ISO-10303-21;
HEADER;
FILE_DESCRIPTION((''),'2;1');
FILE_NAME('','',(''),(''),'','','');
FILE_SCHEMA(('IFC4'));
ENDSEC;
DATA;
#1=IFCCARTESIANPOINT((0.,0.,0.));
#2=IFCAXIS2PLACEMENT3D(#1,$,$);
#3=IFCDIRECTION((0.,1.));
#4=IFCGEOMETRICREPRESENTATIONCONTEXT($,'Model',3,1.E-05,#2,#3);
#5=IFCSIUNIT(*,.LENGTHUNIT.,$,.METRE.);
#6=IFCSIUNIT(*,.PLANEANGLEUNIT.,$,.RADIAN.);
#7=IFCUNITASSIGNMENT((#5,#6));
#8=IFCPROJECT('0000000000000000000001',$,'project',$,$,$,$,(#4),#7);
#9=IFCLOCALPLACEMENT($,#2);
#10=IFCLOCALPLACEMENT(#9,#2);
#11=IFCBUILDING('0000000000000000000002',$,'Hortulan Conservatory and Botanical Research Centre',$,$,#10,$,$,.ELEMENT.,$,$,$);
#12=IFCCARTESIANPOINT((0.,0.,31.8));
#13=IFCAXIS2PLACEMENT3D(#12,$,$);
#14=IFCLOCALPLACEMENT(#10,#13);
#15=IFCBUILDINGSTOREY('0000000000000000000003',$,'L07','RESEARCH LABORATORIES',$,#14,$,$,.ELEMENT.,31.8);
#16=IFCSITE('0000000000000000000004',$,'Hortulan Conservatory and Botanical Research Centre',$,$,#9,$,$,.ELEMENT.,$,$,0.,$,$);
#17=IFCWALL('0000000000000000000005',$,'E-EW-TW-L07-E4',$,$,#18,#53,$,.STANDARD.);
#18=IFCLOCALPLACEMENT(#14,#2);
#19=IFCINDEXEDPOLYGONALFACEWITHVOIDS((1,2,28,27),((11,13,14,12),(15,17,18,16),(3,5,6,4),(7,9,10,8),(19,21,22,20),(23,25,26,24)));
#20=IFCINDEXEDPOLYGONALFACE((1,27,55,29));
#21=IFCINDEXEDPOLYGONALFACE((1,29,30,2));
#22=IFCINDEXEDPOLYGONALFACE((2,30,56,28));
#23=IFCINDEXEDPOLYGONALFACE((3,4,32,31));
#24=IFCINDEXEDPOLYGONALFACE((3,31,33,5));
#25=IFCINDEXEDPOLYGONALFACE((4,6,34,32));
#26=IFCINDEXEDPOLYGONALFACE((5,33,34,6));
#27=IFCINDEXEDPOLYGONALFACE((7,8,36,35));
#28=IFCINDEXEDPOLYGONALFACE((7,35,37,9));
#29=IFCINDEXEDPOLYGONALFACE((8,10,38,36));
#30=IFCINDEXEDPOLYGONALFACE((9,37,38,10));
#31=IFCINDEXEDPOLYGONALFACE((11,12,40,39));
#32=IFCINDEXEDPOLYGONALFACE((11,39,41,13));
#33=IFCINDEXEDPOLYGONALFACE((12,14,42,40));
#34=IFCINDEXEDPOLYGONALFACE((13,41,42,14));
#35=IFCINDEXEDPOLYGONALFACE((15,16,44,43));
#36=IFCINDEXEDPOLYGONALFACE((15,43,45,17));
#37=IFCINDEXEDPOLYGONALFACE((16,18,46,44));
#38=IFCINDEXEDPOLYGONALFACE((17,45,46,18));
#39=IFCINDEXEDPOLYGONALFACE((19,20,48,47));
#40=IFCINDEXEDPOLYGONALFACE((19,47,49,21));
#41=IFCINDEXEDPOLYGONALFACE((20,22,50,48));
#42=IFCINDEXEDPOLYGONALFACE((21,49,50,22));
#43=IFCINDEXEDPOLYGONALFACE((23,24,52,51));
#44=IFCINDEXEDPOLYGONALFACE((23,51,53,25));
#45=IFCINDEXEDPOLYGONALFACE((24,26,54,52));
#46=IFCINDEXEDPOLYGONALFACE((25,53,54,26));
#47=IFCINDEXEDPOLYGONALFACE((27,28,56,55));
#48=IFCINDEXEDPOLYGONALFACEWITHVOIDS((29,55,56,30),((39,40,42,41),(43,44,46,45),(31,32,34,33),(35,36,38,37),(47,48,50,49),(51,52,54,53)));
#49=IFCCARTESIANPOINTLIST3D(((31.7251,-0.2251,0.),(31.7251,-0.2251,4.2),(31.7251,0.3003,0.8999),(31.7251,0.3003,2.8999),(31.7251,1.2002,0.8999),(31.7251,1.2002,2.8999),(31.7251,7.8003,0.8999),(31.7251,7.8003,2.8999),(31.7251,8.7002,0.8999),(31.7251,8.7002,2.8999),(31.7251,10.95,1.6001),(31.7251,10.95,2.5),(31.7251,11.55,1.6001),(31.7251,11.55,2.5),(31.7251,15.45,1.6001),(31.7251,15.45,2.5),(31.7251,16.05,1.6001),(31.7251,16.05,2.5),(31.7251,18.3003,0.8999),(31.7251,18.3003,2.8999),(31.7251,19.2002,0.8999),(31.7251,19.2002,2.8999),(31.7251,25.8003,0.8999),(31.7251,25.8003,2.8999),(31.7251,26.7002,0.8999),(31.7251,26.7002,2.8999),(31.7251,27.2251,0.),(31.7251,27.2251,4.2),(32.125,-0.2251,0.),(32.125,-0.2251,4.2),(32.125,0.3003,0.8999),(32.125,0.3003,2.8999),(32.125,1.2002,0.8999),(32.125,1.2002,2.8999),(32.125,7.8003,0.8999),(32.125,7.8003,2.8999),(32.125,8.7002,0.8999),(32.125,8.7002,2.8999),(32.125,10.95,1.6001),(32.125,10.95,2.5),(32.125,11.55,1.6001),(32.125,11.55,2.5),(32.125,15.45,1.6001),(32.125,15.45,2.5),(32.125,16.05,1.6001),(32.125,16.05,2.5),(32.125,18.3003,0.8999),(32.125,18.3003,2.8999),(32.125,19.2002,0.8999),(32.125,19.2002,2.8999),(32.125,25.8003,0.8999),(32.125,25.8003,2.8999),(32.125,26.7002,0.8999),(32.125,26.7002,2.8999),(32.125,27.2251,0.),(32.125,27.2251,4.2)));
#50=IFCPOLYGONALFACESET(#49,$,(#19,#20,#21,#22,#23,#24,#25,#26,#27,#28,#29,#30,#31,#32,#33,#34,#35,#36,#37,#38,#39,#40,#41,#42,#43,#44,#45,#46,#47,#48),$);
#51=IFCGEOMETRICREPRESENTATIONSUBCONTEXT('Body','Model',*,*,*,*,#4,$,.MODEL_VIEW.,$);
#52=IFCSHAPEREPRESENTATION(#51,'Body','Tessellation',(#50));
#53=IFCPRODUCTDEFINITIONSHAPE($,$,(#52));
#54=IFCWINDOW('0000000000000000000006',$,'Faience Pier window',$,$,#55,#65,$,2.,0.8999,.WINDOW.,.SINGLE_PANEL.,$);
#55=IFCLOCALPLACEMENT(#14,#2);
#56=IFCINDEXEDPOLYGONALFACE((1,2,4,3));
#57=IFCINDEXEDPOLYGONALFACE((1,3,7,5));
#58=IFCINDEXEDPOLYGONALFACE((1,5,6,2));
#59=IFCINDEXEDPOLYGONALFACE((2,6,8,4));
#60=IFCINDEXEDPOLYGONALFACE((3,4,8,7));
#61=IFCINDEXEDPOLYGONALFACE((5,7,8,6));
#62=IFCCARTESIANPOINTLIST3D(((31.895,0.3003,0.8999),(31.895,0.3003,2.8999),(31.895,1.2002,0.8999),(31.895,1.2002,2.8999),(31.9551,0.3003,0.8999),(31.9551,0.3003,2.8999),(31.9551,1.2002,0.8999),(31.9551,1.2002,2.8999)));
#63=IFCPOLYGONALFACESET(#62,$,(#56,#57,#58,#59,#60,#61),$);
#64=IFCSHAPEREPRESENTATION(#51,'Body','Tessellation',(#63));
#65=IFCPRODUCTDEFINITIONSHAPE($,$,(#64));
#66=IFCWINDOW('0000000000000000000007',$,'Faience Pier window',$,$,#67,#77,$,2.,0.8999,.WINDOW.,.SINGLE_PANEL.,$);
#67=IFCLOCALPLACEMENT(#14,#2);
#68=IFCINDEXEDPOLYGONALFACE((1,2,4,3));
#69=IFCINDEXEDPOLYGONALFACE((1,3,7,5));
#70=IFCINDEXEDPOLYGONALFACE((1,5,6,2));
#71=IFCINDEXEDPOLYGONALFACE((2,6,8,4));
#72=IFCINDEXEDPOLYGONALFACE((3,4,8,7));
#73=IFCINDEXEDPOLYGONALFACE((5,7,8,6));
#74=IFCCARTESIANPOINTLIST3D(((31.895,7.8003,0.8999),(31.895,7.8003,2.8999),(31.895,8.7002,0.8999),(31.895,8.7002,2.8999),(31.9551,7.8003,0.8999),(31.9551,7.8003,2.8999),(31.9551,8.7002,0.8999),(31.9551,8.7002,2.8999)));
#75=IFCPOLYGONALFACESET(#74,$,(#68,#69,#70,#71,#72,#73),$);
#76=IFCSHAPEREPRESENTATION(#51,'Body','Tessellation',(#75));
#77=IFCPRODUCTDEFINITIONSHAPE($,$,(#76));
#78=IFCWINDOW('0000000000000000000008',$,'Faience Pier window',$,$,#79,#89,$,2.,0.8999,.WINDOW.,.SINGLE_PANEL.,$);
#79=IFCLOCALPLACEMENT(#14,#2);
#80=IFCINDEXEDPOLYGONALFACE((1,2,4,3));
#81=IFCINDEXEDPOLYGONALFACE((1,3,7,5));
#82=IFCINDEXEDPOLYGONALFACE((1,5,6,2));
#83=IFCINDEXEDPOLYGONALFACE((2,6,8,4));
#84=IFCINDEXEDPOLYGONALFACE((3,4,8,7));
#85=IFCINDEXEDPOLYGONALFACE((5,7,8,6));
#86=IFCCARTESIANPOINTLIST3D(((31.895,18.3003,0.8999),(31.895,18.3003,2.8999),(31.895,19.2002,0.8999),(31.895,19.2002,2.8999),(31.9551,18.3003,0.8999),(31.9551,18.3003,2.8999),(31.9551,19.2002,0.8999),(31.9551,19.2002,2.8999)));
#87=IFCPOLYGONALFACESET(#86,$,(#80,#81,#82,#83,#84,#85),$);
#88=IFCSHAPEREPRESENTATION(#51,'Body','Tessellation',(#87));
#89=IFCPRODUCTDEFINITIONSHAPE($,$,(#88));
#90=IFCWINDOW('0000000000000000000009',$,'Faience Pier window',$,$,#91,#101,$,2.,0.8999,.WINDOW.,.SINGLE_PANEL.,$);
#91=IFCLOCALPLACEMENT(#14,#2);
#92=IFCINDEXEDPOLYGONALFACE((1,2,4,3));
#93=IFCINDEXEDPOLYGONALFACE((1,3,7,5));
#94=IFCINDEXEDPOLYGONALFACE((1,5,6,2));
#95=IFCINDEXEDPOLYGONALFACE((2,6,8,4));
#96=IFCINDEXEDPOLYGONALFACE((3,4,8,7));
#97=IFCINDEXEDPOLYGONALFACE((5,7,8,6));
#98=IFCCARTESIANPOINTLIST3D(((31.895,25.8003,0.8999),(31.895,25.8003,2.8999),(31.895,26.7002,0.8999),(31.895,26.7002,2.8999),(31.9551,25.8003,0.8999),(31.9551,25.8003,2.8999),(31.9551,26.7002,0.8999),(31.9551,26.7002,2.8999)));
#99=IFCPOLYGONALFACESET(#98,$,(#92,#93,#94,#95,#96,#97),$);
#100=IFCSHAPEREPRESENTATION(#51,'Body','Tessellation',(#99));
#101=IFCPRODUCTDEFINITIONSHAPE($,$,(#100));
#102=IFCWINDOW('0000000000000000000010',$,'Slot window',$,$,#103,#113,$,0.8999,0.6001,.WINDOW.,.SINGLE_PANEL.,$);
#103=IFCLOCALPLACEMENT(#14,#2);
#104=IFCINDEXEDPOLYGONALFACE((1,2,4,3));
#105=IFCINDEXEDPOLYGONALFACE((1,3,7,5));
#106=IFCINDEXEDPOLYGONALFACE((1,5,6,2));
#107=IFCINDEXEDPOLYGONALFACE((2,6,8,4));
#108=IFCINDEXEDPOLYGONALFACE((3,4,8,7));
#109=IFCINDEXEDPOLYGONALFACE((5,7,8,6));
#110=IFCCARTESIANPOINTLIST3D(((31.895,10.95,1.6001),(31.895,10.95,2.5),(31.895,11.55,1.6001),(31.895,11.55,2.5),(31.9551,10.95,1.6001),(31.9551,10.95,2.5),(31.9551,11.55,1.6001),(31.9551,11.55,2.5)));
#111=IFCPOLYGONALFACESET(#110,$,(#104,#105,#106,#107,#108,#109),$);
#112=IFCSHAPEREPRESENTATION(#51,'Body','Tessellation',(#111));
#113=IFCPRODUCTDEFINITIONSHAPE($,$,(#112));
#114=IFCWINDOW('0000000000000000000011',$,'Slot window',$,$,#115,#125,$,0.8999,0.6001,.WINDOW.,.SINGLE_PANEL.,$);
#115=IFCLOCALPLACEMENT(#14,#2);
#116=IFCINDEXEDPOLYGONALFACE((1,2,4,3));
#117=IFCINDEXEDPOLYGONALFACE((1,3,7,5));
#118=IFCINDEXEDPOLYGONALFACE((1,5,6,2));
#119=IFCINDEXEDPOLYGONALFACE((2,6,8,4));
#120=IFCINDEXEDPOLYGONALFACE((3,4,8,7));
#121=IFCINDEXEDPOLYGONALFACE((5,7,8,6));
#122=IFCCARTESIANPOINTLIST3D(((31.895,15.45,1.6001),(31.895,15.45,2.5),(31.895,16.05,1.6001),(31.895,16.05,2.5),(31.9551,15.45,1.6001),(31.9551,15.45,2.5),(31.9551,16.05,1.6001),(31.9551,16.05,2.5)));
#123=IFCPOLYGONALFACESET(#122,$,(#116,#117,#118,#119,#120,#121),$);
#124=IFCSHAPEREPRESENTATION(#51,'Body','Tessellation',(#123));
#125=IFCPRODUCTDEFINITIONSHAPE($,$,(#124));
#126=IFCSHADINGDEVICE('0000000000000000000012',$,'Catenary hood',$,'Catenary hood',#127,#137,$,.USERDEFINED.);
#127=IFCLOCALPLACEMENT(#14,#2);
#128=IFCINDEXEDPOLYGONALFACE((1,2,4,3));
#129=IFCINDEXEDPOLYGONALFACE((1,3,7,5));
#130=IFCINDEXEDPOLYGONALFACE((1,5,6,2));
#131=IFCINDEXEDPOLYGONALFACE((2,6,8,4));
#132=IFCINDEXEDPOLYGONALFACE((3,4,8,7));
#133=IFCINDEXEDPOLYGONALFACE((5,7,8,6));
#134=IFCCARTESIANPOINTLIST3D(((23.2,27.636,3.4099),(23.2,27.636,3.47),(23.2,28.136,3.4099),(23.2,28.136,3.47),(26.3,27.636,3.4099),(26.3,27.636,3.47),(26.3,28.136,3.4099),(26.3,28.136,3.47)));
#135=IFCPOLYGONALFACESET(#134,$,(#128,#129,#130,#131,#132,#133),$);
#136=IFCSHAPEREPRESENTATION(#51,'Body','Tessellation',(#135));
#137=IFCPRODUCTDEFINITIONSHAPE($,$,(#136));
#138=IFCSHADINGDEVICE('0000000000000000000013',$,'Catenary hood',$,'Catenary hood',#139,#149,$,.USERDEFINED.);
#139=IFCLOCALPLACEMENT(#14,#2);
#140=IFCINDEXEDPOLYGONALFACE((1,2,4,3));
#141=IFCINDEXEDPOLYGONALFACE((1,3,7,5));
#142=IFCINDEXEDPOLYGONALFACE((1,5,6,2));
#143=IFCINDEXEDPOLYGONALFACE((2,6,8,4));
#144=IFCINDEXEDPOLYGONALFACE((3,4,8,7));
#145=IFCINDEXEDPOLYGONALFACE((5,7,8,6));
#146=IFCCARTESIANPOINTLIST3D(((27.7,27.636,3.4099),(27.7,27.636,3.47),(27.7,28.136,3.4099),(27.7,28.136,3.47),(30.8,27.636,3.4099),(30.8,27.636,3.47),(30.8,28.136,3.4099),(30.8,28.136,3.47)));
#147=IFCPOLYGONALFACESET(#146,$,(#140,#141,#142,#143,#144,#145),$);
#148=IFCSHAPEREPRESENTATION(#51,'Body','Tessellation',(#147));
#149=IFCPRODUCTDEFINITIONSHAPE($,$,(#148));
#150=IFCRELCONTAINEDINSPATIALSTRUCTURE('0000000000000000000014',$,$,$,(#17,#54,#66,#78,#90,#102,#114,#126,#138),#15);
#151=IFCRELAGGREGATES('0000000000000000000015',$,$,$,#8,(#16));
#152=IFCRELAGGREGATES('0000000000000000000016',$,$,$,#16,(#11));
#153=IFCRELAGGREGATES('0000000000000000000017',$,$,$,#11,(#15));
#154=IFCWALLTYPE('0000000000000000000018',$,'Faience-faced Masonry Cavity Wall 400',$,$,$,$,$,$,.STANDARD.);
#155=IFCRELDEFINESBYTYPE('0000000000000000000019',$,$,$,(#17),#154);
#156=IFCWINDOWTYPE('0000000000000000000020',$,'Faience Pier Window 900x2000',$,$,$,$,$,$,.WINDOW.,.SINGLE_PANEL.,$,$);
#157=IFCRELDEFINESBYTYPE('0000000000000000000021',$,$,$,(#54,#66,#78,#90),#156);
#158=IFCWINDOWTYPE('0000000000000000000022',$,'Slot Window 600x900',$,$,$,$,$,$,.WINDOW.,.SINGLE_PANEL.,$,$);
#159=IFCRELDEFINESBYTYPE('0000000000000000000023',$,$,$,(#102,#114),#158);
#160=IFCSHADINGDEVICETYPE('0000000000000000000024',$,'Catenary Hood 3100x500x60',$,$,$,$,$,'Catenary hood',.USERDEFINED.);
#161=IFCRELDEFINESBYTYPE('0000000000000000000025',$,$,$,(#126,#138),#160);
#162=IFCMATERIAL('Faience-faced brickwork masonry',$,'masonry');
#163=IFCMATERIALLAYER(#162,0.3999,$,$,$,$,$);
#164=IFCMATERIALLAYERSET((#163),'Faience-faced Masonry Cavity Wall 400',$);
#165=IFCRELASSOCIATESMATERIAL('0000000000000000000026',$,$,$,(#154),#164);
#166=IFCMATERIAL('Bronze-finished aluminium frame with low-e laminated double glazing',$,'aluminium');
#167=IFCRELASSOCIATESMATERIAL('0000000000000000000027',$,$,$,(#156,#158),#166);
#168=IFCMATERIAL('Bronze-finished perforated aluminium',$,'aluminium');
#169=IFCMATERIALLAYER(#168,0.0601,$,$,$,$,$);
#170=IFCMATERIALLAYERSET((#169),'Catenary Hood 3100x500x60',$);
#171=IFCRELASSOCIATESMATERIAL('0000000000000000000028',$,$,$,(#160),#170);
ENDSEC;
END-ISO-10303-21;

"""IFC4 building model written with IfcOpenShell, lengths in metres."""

from ifc_helpers import new_model, si_unit, direction, frame, frame_2d, origin, origin_2d, place, context, subcontext, project, spatial, rectangle, extrude, material, layer, layer_set, type_object, element, fill, save


model = new_model("IFC4")

# Units and contexts
model_context = context("Model", 3, precision=1e-05, world=origin(), true_north=direction((0.0, 1.0)))
body_context = subcontext(model_context, "Body", "Model", "MODEL_VIEW")
ifc_project = project(units=[si_unit("LENGTHUNIT", "METRE"), si_unit("PLANEANGLEUNIT", "RADIAN")], contexts=[model_context])

# Site, building, storey
site_placement = place(None, origin())
site = spatial("IfcSite", under=ifc_project, at=site_placement, Name="Hortulan Conservatory and Botanical Research Centre", CompositionType="ELEMENT", RefElevation=0.0)
building_placement = place(site_placement, origin())
building = spatial("IfcBuilding", under=site, at=building_placement, Name="Hortulan Conservatory and Botanical Research Centre", CompositionType="ELEMENT")
storey_placement = place(building_placement, frame((0.0, 0.0, 31.8)))
storey = spatial("IfcBuildingStorey", under=building, at=storey_placement, Name="L07", Description="RESEARCH LABORATORIES", CompositionType="ELEMENT", Elevation=31.8)

# Wall, openings, windows
ifc_material_1 = material(Name="Faience-faced brickwork masonry", Category="masonry")
ifc_layer_1 = layer(ifc_material_1, 0.3999)
ifc_layer_set_1 = layer_set([ifc_layer_1], Name="Faience-faced Masonry Cavity Wall 400")
wall_type = type_object("IfcWallType", Name="Faience-faced Masonry Cavity Wall 400", PredefinedType="STANDARD", material=ifc_layer_set_1)
wall_placement = place(storey_placement, frame((31.925, 27.2251, 0.0), z_axis=(0.0, 0.0, 1.0), x_axis=(0.0, -1.0, 0.0)))
wall = element("IfcWall", 1, at=wall_placement, inside=storey, type_object=wall_type, Name="E-EW-TW-L07-E4", PredefinedType="STANDARD", context=body_context, shape_type="SweptSolid", body=[
    extrude(rectangle(XDim=27.4502, YDim=0.3999, at=frame_2d((13.7251, 0.0))), origin(), (0.0, 0.0, 1.0), 4.2),
])
opening_1_placement = place(wall_placement, frame((26.0249, 0.0, 0.8999)))
opening_1 = element("IfcOpeningElement", 2, at=opening_1_placement, cuts=wall, PredefinedType="OPENING", context=body_context, shape_type="SweptSolid", body=[
    extrude(rectangle(XDim=0.8999, YDim=2.0, at=frame_2d((0.45, 1.0))), frame((0.0, 0.21, 0.0), z_axis=(0.0, -1.0, 0.0), x_axis=(1.0, 0.0, 0.0)), (0.0, 0.0, 1.0), 0.4199),
])
opening_2_placement = place(wall_placement, frame((18.5249, 0.0, 0.8999)))
opening_2 = element("IfcOpeningElement", 3, at=opening_2_placement, cuts=wall, PredefinedType="OPENING", context=body_context, shape_type="SweptSolid", body=[
    extrude(rectangle(XDim=0.8999, YDim=2.0, at=frame_2d((0.45, 1.0))), frame((0.0, 0.21, 0.0), z_axis=(0.0, -1.0, 0.0), x_axis=(1.0, 0.0, 0.0)), (0.0, 0.0, 1.0), 0.4199),
])
opening_3_placement = place(wall_placement, frame((15.675, 0.0, 1.6001)))
opening_3 = element("IfcOpeningElement", 4, at=opening_3_placement, cuts=wall, PredefinedType="OPENING", context=body_context, shape_type="SweptSolid", body=[
    extrude(rectangle(XDim=0.6001, YDim=0.8999, at=frame_2d((0.3, 0.45))), frame((0.0, 0.21, 0.0), z_axis=(0.0, -1.0, 0.0), x_axis=(1.0, 0.0, 0.0)), (0.0, 0.0, 1.0), 0.4199),
])
opening_4_placement = place(wall_placement, frame((11.175, 0.0, 1.6001)))
opening_4 = element("IfcOpeningElement", 5, at=opening_4_placement, cuts=wall, PredefinedType="OPENING", context=body_context, shape_type="SweptSolid", body=[
    extrude(rectangle(XDim=0.6001, YDim=0.8999, at=frame_2d((0.3, 0.45))), frame((0.0, 0.21, 0.0), z_axis=(0.0, -1.0, 0.0), x_axis=(1.0, 0.0, 0.0)), (0.0, 0.0, 1.0), 0.4199),
])
opening_5_placement = place(wall_placement, frame((8.0249, 0.0, 0.8999)))
opening_5 = element("IfcOpeningElement", 6, at=opening_5_placement, cuts=wall, PredefinedType="OPENING", context=body_context, shape_type="SweptSolid", body=[
    extrude(rectangle(XDim=0.8999, YDim=2.0, at=frame_2d((0.45, 1.0))), frame((0.0, 0.21, 0.0), z_axis=(0.0, -1.0, 0.0), x_axis=(1.0, 0.0, 0.0)), (0.0, 0.0, 1.0), 0.4199),
])
opening_6_placement = place(wall_placement, frame((0.5249, 0.0, 0.8999)))
opening_6 = element("IfcOpeningElement", 7, at=opening_6_placement, cuts=wall, PredefinedType="OPENING", context=body_context, shape_type="SweptSolid", body=[
    extrude(rectangle(XDim=0.8999, YDim=2.0, at=frame_2d((0.45, 1.0))), frame((0.0, 0.21, 0.0), z_axis=(0.0, -1.0, 0.0), x_axis=(1.0, 0.0, 0.0)), (0.0, 0.0, 1.0), 0.4199),
])
ifc_material_2 = material(Name="Bronze-finished aluminium frame with low-e laminated double glazing", Category="aluminium")
window_type_1 = type_object("IfcWindowType", Name="Faience Pier Window 900x2000", PartitioningType="SINGLE_PANEL", PredefinedType="WINDOW", material=ifc_material_2)
window_1_placement = place(opening_1_placement, origin())
window_1 = element("IfcWindow", 8, at=window_1_placement, inside=storey, type_object=window_type_1, Name="Faience Pier window", OverallHeight=2.0, OverallWidth=0.8999, PartitioningType="SINGLE_PANEL", PredefinedType="WINDOW", context=body_context, shape_type="SweptSolid", body=[
    extrude(rectangle(XDim=0.8999, YDim=2.0, at=frame_2d((0.45, 1.0))), frame((0.0, 0.03, 0.0), z_axis=(0.0, -1.0, 0.0), x_axis=(1.0, 0.0, 0.0)), (0.0, 0.0, 1.0), 0.0601),
])
fill(opening_1, window_1)
window_2_placement = place(opening_2_placement, origin())
window_2 = element("IfcWindow", 9, at=window_2_placement, inside=storey, type_object=window_type_1, Name="Faience Pier window", OverallHeight=2.0, OverallWidth=0.8999, PartitioningType="SINGLE_PANEL", PredefinedType="WINDOW", context=body_context, shape_type="SweptSolid", body=[
    extrude(rectangle(XDim=0.8999, YDim=2.0, at=frame_2d((0.45, 1.0))), frame((0.0, 0.03, 0.0), z_axis=(0.0, -1.0, 0.0), x_axis=(1.0, 0.0, 0.0)), (0.0, 0.0, 1.0), 0.0601),
])
fill(opening_2, window_2)
window_3_placement = place(opening_5_placement, origin())
window_3 = element("IfcWindow", 10, at=window_3_placement, inside=storey, type_object=window_type_1, Name="Faience Pier window", OverallHeight=2.0, OverallWidth=0.8999, PartitioningType="SINGLE_PANEL", PredefinedType="WINDOW", context=body_context, shape_type="SweptSolid", body=[
    extrude(rectangle(XDim=0.8999, YDim=2.0, at=frame_2d((0.45, 1.0))), frame((0.0, 0.03, 0.0), z_axis=(0.0, -1.0, 0.0), x_axis=(1.0, 0.0, 0.0)), (0.0, 0.0, 1.0), 0.0601),
])
fill(opening_5, window_3)
window_4_placement = place(opening_6_placement, origin())
window_4 = element("IfcWindow", 11, at=window_4_placement, inside=storey, type_object=window_type_1, Name="Faience Pier window", OverallHeight=2.0, OverallWidth=0.8999, PartitioningType="SINGLE_PANEL", PredefinedType="WINDOW", context=body_context, shape_type="SweptSolid", body=[
    extrude(rectangle(XDim=0.8999, YDim=2.0, at=frame_2d((0.45, 1.0))), frame((0.0, 0.03, 0.0), z_axis=(0.0, -1.0, 0.0), x_axis=(1.0, 0.0, 0.0)), (0.0, 0.0, 1.0), 0.0601),
])
fill(opening_6, window_4)
window_type_2 = type_object("IfcWindowType", Name="Slot Window 600x900", PartitioningType="SINGLE_PANEL", PredefinedType="WINDOW", material=ifc_material_2)
window_5_placement = place(opening_3_placement, origin())
window_5 = element("IfcWindow", 12, at=window_5_placement, inside=storey, type_object=window_type_2, Name="Slot window", OverallHeight=0.8999, OverallWidth=0.6001, PartitioningType="SINGLE_PANEL", PredefinedType="WINDOW", context=body_context, shape_type="SweptSolid", body=[
    extrude(rectangle(XDim=0.6001, YDim=0.8999, at=frame_2d((0.3, 0.45))), frame((0.0, 0.03, 0.0), z_axis=(0.0, -1.0, 0.0), x_axis=(1.0, 0.0, 0.0)), (0.0, 0.0, 1.0), 0.0601),
])
fill(opening_3, window_5)
window_6_placement = place(opening_4_placement, origin())
window_6 = element("IfcWindow", 13, at=window_6_placement, inside=storey, type_object=window_type_2, Name="Slot window", OverallHeight=0.8999, OverallWidth=0.6001, PartitioningType="SINGLE_PANEL", PredefinedType="WINDOW", context=body_context, shape_type="SweptSolid", body=[
    extrude(rectangle(XDim=0.6001, YDim=0.8999, at=frame_2d((0.3, 0.45))), frame((0.0, 0.03, 0.0), z_axis=(0.0, -1.0, 0.0), x_axis=(1.0, 0.0, 0.0)), (0.0, 0.0, 1.0), 0.0601),
])
fill(opening_4, window_6)

# Shading devices
ifc_material_3 = material(Name="Bronze-finished perforated aluminium", Category="aluminium")
ifc_layer_2 = layer(ifc_material_3, 0.0601)
ifc_layer_set_2 = layer_set([ifc_layer_2], Name="Catenary Hood 3100x500x60")
shading_device_type = type_object("IfcShadingDeviceType", Name="Catenary Hood 3100x500x60", ElementType="Catenary hood", PredefinedType="USERDEFINED", material=ifc_layer_set_2)
for number, where, z_axis, x_axis, name in (
    (14, (24.75, 27.886, 3.4099), (0.0, 0.0, 1.0), (1.0, 0.0, 0.0), "Catenary hood"),
    (15, (29.25, 27.886, 3.4099), (0.0, 0.0, 1.0), (1.0, 0.0, 0.0), "Catenary hood"),
):
    element("IfcShadingDevice", number, at=place(storey_placement, frame(where, z_axis=z_axis, x_axis=x_axis)), inside=storey, type_object=shading_device_type, Name=name, ObjectType="Catenary hood", PredefinedType="USERDEFINED", context=body_context, shape_type="SweptSolid", body=[
        extrude(rectangle(XDim=3.1001, YDim=0.5, at=origin_2d()), origin(), (0.0, 0.0, 1.0), 0.0601),
    ])

save(model, "model.ifc")
